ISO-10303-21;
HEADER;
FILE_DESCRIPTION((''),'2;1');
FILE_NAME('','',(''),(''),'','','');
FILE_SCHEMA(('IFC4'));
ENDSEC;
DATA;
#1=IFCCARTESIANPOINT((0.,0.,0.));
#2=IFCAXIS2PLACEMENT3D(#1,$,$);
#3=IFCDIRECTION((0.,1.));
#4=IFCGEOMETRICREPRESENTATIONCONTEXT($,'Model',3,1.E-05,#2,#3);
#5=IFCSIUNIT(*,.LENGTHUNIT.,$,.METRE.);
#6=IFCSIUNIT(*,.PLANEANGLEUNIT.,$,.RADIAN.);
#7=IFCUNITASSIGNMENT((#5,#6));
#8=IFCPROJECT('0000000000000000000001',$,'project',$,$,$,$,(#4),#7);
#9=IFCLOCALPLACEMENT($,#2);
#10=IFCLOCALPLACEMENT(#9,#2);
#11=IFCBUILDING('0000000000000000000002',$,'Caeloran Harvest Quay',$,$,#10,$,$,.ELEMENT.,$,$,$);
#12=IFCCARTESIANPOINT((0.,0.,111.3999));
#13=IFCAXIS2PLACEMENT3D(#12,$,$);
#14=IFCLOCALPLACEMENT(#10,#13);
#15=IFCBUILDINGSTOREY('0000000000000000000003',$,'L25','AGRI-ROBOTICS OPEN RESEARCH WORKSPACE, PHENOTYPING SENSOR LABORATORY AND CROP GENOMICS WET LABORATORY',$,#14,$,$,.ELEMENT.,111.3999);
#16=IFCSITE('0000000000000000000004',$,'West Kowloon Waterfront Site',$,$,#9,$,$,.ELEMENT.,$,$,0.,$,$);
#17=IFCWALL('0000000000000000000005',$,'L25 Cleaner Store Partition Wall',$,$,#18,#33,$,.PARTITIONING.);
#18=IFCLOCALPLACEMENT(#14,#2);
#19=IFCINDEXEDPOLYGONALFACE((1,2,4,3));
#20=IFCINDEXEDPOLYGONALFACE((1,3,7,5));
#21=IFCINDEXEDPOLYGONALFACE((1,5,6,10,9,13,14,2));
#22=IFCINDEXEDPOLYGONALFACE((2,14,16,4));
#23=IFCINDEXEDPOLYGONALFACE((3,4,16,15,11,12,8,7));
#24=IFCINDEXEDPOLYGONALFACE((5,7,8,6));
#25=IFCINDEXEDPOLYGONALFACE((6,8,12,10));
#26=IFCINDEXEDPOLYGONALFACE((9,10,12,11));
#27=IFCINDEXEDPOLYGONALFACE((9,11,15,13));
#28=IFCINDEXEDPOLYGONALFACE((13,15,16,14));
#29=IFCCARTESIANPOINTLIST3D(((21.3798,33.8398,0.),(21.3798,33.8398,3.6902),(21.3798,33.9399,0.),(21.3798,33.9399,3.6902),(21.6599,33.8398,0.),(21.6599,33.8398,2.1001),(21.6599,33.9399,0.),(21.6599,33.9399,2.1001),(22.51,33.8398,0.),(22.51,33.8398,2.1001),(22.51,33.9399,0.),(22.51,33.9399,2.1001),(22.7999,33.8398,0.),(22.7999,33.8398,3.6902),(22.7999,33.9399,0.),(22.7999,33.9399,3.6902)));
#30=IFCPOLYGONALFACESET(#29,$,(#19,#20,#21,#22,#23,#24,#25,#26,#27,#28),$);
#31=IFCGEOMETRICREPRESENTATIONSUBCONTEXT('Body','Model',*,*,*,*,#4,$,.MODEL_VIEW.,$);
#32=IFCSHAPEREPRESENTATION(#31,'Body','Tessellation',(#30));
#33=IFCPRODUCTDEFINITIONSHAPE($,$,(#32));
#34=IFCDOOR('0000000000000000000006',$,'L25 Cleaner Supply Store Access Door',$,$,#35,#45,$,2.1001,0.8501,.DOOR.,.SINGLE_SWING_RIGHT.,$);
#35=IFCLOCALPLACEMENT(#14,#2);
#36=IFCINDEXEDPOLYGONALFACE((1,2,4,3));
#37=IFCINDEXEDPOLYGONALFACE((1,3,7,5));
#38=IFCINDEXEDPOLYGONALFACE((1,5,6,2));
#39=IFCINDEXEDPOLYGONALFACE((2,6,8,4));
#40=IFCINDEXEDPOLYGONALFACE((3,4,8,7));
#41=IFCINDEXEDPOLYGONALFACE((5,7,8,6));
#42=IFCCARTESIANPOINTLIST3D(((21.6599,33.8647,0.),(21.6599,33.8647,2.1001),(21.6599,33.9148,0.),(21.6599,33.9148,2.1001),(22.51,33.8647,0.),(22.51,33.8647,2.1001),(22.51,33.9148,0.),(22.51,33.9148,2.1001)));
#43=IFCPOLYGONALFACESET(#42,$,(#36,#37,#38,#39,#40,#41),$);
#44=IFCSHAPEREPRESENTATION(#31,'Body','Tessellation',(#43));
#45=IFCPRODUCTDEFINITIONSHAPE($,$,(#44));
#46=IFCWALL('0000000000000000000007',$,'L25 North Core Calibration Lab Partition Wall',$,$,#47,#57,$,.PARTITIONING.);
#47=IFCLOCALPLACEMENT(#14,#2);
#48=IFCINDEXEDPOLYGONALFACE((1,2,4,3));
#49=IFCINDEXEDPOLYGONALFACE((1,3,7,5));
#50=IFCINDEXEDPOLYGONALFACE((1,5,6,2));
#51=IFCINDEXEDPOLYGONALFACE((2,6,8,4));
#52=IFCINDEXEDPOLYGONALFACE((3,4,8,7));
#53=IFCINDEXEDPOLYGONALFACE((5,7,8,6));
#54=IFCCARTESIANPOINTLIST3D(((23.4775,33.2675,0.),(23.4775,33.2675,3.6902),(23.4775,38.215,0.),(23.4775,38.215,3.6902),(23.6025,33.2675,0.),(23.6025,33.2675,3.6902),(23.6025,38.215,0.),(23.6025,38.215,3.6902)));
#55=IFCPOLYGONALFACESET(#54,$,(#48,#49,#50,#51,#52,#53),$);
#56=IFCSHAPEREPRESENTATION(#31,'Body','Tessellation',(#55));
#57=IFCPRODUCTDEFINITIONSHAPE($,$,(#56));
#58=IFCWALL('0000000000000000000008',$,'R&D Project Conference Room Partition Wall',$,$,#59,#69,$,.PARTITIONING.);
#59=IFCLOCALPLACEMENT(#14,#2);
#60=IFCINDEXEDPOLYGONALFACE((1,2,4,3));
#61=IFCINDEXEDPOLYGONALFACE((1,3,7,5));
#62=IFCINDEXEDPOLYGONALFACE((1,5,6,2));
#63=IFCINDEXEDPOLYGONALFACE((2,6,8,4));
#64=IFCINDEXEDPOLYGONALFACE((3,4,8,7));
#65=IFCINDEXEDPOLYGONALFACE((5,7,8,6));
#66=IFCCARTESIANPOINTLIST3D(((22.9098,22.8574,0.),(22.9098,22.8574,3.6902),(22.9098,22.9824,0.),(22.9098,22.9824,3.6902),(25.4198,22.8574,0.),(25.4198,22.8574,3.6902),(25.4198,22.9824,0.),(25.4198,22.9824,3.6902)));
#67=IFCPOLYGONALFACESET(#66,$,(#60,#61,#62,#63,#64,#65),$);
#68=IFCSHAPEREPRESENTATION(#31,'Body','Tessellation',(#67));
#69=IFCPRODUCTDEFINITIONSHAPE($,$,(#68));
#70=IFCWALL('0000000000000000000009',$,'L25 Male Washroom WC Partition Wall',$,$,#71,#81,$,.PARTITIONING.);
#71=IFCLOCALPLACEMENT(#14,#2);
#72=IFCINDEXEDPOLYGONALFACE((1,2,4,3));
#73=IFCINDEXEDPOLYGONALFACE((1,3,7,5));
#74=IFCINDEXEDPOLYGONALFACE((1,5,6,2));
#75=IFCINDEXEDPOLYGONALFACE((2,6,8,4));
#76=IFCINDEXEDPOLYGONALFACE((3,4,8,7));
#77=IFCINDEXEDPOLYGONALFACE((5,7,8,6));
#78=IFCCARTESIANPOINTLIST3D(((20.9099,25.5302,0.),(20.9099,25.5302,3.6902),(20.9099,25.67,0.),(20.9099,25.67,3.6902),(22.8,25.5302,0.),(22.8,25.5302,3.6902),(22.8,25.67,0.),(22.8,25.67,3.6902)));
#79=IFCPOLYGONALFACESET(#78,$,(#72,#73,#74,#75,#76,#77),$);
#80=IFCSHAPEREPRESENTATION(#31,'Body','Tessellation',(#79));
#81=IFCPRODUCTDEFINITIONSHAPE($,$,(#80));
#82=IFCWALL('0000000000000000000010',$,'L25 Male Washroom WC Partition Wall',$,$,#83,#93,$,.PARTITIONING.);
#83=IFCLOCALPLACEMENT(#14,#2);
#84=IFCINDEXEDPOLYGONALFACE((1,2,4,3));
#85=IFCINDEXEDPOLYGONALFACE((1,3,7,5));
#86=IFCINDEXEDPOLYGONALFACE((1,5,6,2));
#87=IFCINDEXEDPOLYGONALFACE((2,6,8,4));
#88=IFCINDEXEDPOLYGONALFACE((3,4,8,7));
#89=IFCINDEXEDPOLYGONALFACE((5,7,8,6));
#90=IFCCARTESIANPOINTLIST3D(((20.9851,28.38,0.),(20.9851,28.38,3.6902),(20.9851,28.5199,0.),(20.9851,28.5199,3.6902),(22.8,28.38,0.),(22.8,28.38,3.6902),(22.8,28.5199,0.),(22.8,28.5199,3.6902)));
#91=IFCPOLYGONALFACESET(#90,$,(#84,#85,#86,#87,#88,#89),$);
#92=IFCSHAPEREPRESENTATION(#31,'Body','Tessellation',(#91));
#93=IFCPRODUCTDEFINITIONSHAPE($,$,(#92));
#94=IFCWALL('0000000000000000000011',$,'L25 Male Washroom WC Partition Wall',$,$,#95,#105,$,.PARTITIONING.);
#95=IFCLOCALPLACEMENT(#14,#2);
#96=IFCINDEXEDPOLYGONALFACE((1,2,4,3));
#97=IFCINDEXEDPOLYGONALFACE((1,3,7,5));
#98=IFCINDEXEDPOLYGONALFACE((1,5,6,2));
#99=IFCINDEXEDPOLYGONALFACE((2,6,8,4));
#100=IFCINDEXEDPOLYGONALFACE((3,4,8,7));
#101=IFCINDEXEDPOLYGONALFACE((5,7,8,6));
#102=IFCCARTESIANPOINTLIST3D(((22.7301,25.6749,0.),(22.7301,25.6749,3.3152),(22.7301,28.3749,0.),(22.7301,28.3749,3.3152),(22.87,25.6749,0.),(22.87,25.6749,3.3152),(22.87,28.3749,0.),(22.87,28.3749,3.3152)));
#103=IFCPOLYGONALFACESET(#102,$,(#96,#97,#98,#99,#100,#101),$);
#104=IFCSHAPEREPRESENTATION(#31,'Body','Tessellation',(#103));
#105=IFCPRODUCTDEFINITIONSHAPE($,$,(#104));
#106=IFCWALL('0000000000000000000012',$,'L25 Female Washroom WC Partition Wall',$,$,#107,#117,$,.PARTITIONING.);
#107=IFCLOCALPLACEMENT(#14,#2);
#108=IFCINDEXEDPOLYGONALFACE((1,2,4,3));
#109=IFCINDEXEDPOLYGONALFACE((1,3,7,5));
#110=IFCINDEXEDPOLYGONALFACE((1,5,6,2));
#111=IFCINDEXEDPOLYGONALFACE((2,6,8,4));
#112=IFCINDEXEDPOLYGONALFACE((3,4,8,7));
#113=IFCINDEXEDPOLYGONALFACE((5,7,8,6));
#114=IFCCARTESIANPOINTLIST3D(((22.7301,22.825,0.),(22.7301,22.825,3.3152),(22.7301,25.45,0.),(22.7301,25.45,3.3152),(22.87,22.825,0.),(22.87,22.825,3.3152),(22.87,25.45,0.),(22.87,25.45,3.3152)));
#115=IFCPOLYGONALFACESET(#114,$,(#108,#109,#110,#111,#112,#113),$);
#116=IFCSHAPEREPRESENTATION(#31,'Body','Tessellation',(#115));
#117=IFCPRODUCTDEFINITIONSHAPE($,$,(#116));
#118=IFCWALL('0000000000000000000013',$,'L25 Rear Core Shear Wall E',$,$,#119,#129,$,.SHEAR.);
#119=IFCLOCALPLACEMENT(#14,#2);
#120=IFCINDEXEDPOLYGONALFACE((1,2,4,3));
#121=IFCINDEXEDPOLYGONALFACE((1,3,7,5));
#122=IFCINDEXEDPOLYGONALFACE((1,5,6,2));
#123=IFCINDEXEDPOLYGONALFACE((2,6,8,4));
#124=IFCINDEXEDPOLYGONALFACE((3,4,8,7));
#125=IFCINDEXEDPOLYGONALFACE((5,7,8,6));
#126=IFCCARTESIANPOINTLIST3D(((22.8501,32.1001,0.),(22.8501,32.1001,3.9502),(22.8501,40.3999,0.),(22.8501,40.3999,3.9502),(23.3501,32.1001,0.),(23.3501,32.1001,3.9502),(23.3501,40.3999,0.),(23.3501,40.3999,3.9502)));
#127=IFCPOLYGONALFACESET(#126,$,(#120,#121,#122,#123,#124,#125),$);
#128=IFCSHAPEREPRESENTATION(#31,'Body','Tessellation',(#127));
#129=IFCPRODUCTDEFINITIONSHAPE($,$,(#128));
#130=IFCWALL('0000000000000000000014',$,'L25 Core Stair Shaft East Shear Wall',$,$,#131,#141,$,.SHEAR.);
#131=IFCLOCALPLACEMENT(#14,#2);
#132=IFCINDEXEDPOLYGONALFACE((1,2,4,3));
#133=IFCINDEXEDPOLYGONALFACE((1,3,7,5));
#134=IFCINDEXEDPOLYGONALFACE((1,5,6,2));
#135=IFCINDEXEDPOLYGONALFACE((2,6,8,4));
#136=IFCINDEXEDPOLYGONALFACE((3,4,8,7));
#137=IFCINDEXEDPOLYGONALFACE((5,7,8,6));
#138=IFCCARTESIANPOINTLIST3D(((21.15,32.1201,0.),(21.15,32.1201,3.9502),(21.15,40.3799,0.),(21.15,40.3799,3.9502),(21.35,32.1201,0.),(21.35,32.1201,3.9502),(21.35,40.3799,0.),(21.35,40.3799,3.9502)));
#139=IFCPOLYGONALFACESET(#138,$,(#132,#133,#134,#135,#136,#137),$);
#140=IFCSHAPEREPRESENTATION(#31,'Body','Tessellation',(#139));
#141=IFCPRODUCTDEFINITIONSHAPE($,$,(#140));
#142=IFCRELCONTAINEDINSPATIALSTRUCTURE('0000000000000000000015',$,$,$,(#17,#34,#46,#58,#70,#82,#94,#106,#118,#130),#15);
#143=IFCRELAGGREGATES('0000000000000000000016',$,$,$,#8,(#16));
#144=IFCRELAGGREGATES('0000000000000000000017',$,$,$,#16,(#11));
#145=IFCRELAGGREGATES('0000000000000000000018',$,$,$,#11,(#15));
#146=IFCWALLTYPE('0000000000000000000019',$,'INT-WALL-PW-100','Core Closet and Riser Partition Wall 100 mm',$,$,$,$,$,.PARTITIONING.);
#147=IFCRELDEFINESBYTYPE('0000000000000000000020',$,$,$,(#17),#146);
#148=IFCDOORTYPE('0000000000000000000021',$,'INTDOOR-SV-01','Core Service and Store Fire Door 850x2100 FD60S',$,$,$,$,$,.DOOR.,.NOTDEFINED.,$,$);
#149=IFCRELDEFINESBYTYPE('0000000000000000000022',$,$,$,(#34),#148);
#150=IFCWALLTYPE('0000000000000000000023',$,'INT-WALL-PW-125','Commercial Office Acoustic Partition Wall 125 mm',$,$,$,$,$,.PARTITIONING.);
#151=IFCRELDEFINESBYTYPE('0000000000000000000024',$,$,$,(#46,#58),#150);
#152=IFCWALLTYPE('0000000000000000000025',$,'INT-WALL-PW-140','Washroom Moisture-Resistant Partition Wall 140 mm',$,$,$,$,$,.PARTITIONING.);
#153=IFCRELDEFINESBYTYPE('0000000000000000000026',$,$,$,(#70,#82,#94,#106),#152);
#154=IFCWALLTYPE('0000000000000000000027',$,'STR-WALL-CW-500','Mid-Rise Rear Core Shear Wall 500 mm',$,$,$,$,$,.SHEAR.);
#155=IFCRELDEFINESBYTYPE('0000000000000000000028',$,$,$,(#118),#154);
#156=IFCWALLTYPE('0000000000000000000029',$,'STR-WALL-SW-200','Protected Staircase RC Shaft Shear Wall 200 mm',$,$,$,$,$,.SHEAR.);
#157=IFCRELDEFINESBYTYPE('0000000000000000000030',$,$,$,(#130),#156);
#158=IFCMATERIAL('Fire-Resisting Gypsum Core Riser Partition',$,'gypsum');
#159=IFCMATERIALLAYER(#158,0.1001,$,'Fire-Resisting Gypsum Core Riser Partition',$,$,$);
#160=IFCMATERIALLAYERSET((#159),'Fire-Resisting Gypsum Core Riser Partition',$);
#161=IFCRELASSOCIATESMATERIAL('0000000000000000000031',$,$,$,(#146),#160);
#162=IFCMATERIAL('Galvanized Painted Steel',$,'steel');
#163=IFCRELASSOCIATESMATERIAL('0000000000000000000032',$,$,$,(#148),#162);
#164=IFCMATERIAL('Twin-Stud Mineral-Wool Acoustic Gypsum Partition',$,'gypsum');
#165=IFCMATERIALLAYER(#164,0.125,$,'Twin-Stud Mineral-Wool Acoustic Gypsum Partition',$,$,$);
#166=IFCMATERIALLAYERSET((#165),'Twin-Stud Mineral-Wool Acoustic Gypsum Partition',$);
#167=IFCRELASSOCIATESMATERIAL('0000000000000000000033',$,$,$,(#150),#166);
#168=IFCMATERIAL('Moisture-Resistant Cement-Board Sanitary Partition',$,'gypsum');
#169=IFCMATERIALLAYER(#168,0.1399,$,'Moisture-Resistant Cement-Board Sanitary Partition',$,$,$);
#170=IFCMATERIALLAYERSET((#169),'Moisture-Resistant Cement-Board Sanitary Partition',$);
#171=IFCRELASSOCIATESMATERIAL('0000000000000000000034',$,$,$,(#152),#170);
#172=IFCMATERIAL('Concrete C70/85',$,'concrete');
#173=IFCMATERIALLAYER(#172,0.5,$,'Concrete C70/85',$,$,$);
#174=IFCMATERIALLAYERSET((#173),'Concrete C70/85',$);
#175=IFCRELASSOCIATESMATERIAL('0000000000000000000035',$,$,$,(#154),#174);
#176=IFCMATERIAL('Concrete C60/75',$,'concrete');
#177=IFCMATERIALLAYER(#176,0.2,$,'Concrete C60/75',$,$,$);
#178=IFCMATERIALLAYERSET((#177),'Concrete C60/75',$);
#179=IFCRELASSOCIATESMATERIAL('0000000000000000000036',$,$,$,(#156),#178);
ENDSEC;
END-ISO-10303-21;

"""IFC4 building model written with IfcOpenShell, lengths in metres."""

from ifc_helpers import new_model, si_unit, direction, frame, frame_2d, origin, place, context, subcontext, project, spatial, rectangle, extrude, material, layer, layer_set, type_object, element, fill, save


model = new_model("IFC4")

# Units and contexts
model_context = context("Model", 3, precision=1e-05, world=origin(), true_north=direction((0.0, 1.0)))
body_context = subcontext(model_context, "Body", "Model", "MODEL_VIEW")
ifc_project = project(units=[si_unit("LENGTHUNIT", "METRE"), si_unit("PLANEANGLEUNIT", "RADIAN")], contexts=[model_context])

# Site, building, storey
site_placement = place(None, origin())
site = spatial("IfcSite", under=ifc_project, at=site_placement, Name="West Kowloon Waterfront Site", CompositionType="ELEMENT", RefElevation=0.0)
building_placement = place(site_placement, origin())
building = spatial("IfcBuilding", under=site, at=building_placement, Name="Caeloran Harvest Quay", CompositionType="ELEMENT")
storey_placement = place(building_placement, frame((0.0, 0.0, 111.3999)))
storey = spatial("IfcBuildingStorey", under=building, at=storey_placement, Name="L25", Description="AGRI-ROBOTICS OPEN RESEARCH WORKSPACE, PHENOTYPING SENSOR LABORATORY AND CROP GENOMICS WET LABORATORY", CompositionType="ELEMENT", Elevation=111.3999)

# Wall, opening, door
ifc_material_1 = material(Name="Fire-Resisting Gypsum Core Riser Partition", Category="gypsum")
ifc_layer_1 = layer(ifc_material_1, 0.1001, Name="Fire-Resisting Gypsum Core Riser Partition")
ifc_layer_set_1 = layer_set([ifc_layer_1], Name="Fire-Resisting Gypsum Core Riser Partition")
wall_type_1 = type_object("IfcWallType", Name="INT-WALL-PW-100", Description="Core Closet and Riser Partition Wall 100 mm", PredefinedType="PARTITIONING", material=ifc_layer_set_1)
wall_1_placement = place(storey_placement, frame((21.3799, 33.8899, 0.0), z_axis=(0.0, 0.0, 1.0), x_axis=(1.0, 0.0, 0.0)))
wall_1 = element("IfcWall", 1, at=wall_1_placement, inside=storey, type_object=wall_type_1, Name="L25 Cleaner Store Partition Wall", PredefinedType="PARTITIONING", context=body_context, shape_type="SweptSolid", body=[
    extrude(rectangle(XDim=1.4202, YDim=0.1001, at=frame_2d((0.71, 0.0))), origin(), (0.0, 0.0, 1.0), 3.6902),
])
opening_1_placement = place(wall_1_placement, frame((0.28, 0.0, 0.0)))
opening_1 = element("IfcOpeningElement", 2, at=opening_1_placement, cuts=wall_1, PredefinedType="OPENING", context=body_context, shape_type="SweptSolid", body=[
    extrude(rectangle(XDim=0.8501, YDim=2.1001, at=frame_2d((0.425, 1.05))), frame((0.0, 0.0601, 0.0), z_axis=(0.0, -1.0, 0.0), x_axis=(1.0, 0.0, 0.0)), (0.0, 0.0, 1.0), 0.1201),
])
ifc_material_2 = material(Name="Galvanized Painted Steel", Category="steel")
door_type_1 = type_object("IfcDoorType", Name="INTDOOR-SV-01", Description="Core Service and Store Fire Door 850x2100 FD60S", OperationType="NOTDEFINED", PredefinedType="DOOR", material=ifc_material_2)
door_1_placement = place(opening_1_placement, origin())
door_1 = element("IfcDoor", 3, at=door_1_placement, inside=storey, type_object=door_type_1, Name="L25 Cleaner Supply Store Access Door", OperationType="SINGLE_SWING_RIGHT", OverallHeight=2.1001, OverallWidth=0.8501, PredefinedType="DOOR", context=body_context, shape_type="SweptSolid", body=[
    extrude(rectangle(XDim=0.8501, YDim=2.1001, at=frame_2d((0.425, 1.05))), frame((0.0, 0.0249, 0.0), z_axis=(0.0, -1.0, 0.0), x_axis=(1.0, 0.0, 0.0)), (0.0, 0.0, 1.0), 0.05),
])
fill(opening_1, door_1)

# Walls
ifc_material_3 = material(Name="Twin-Stud Mineral-Wool Acoustic Gypsum Partition", Category="gypsum")
ifc_layer_2 = layer(ifc_material_3, 0.125, Name="Twin-Stud Mineral-Wool Acoustic Gypsum Partition")
ifc_layer_set_2 = layer_set([ifc_layer_2], Name="Twin-Stud Mineral-Wool Acoustic Gypsum Partition")
wall_type_2 = type_object("IfcWallType", Name="INT-WALL-PW-125", Description="Commercial Office Acoustic Partition Wall 125 mm", PredefinedType="PARTITIONING", material=ifc_layer_set_2)
wall_2_placement = place(storey_placement, frame((23.54, 33.2676, 0.0), z_axis=(0.0, 0.0, 1.0), x_axis=(0.0, 1.0, 0.0)))
element("IfcWall", 4, at=wall_2_placement, inside=storey, type_object=wall_type_2, Name="L25 North Core Calibration Lab Partition Wall", PredefinedType="PARTITIONING", context=body_context, shape_type="SweptSolid", body=[
    extrude(rectangle(XDim=4.9475, YDim=0.125, at=frame_2d((2.4736, 0.0))), origin(), (0.0, 0.0, 1.0), 3.6902),
])
wall_3_placement = place(storey_placement, frame((22.9099, 22.9199, 0.0), z_axis=(0.0, 0.0, 1.0), x_axis=(1.0, 0.0, 0.0)))
element("IfcWall", 5, at=wall_3_placement, inside=storey, type_object=wall_type_2, Name="R&D Project Conference Room Partition Wall", PredefinedType="PARTITIONING", context=body_context, shape_type="SweptSolid", body=[
    extrude(rectangle(XDim=2.51, YDim=0.125, at=frame_2d((1.2549, 0.0))), origin(), (0.0, 0.0, 1.0), 3.6902),
])

# Wall
ifc_material_4 = material(Name="Moisture-Resistant Cement-Board Sanitary Partition", Category="gypsum")
ifc_layer_3 = layer(ifc_material_4, 0.1399, Name="Moisture-Resistant Cement-Board Sanitary Partition")
ifc_layer_set_3 = layer_set([ifc_layer_3], Name="Moisture-Resistant Cement-Board Sanitary Partition")
wall_type_3 = type_object("IfcWallType", Name="INT-WALL-PW-140", Description="Washroom Moisture-Resistant Partition Wall 140 mm", PredefinedType="PARTITIONING", material=ifc_layer_set_3)
wall_4_placement = place(storey_placement, frame((22.8, 25.6001, 0.0), z_axis=(0.0, 0.0, 1.0), x_axis=(-1.0, 0.0, 0.0)))
element("IfcWall", 6, at=wall_4_placement, inside=storey, type_object=wall_type_3, Name="L25 Male Washroom WC Partition Wall", PredefinedType="PARTITIONING", context=body_context, shape_type="SweptSolid", body=[
    extrude(rectangle(XDim=1.8901, YDim=0.1399, at=frame_2d((0.9451, 0.0))), origin(), (0.0, 0.0, 1.0), 3.6902),
])

# Walls
wall_5_placement = place(storey_placement, frame((20.9851, 28.45, 0.0), z_axis=(0.0, 0.0, 1.0), x_axis=(1.0, 0.0, 0.0)))
element("IfcWall", 7, at=wall_5_placement, inside=storey, type_object=wall_type_3, Name="L25 Male Washroom WC Partition Wall", PredefinedType="PARTITIONING", context=body_context, shape_type="SweptSolid", body=[
    extrude(rectangle(XDim=1.8149, YDim=0.1399, at=frame_2d((0.9075, 0.0))), origin(), (0.0, 0.0, 1.0), 3.6902),
])
wall_6_placement = place(storey_placement, frame((22.8, 28.375, 0.0), z_axis=(0.0, 0.0, 1.0), x_axis=(0.0, -1.0, 0.0)))
element("IfcWall", 8, at=wall_6_placement, inside=storey, type_object=wall_type_3, Name="L25 Male Washroom WC Partition Wall", PredefinedType="PARTITIONING", context=body_context, shape_type="SweptSolid", body=[
    extrude(rectangle(XDim=2.7, YDim=0.1399, at=frame_2d((1.3501, 0.0))), origin(), (0.0, 0.0, 1.0), 3.3152),
])
wall_7_placement = place(storey_placement, frame((22.8, 25.45, 0.0), z_axis=(0.0, 0.0, 1.0), x_axis=(0.0, -1.0, 0.0)))
element("IfcWall", 9, at=wall_7_placement, inside=storey, type_object=wall_type_3, Name="L25 Female Washroom WC Partition Wall", PredefinedType="PARTITIONING", context=body_context, shape_type="SweptSolid", body=[
    extrude(rectangle(XDim=2.625, YDim=0.1399, at=frame_2d((1.3125, 0.0))), origin(), (0.0, 0.0, 1.0), 3.3152),
])
ifc_material_5 = material(Name="Concrete C70/85", Category="concrete")
ifc_layer_4 = layer(ifc_material_5, 0.5, Name="Concrete C70/85")
ifc_layer_set_4 = layer_set([ifc_layer_4], Name="Concrete C70/85")
wall_type_4 = type_object("IfcWallType", Name="STR-WALL-CW-500", Description="Mid-Rise Rear Core Shear Wall 500 mm", PredefinedType="SHEAR", material=ifc_layer_set_4)
wall_8_placement = place(storey_placement, frame((23.1001, 32.1001, 0.0), z_axis=(0.0, 0.0, 1.0), x_axis=(0.0, 1.0, 0.0)))
element("IfcWall", 10, at=wall_8_placement, inside=storey, type_object=wall_type_4, Name="L25 Rear Core Shear Wall E", PredefinedType="SHEAR", context=body_context, shape_type="SweptSolid", body=[
    extrude(rectangle(XDim=8.2998, YDim=0.5, at=frame_2d((4.1499, 0.0))), origin(), (0.0, 0.0, 1.0), 3.9502),
])
ifc_material_6 = material(Name="Concrete C60/75", Category="concrete")
ifc_layer_5 = layer(ifc_material_6, 0.2, Name="Concrete C60/75")
ifc_layer_set_5 = layer_set([ifc_layer_5], Name="Concrete C60/75")
wall_type_5 = type_object("IfcWallType", Name="STR-WALL-SW-200", Description="Protected Staircase RC Shaft Shear Wall 200 mm", PredefinedType="SHEAR", material=ifc_layer_set_5)
wall_9_placement = place(storey_placement, frame((21.25, 32.1201, 0.0), z_axis=(0.0, 0.0, 1.0), x_axis=(0.0, 1.0, 0.0)))
element("IfcWall", 11, at=wall_9_placement, inside=storey, type_object=wall_type_5, Name="L25 Core Stair Shaft East Shear Wall", PredefinedType="SHEAR", context=body_context, shape_type="SweptSolid", body=[
    extrude(rectangle(XDim=8.2598, YDim=0.2, at=frame_2d((4.1299, 0.0))), origin(), (0.0, 0.0, 1.0), 3.9502),
])

save(model, "model.ifc")
